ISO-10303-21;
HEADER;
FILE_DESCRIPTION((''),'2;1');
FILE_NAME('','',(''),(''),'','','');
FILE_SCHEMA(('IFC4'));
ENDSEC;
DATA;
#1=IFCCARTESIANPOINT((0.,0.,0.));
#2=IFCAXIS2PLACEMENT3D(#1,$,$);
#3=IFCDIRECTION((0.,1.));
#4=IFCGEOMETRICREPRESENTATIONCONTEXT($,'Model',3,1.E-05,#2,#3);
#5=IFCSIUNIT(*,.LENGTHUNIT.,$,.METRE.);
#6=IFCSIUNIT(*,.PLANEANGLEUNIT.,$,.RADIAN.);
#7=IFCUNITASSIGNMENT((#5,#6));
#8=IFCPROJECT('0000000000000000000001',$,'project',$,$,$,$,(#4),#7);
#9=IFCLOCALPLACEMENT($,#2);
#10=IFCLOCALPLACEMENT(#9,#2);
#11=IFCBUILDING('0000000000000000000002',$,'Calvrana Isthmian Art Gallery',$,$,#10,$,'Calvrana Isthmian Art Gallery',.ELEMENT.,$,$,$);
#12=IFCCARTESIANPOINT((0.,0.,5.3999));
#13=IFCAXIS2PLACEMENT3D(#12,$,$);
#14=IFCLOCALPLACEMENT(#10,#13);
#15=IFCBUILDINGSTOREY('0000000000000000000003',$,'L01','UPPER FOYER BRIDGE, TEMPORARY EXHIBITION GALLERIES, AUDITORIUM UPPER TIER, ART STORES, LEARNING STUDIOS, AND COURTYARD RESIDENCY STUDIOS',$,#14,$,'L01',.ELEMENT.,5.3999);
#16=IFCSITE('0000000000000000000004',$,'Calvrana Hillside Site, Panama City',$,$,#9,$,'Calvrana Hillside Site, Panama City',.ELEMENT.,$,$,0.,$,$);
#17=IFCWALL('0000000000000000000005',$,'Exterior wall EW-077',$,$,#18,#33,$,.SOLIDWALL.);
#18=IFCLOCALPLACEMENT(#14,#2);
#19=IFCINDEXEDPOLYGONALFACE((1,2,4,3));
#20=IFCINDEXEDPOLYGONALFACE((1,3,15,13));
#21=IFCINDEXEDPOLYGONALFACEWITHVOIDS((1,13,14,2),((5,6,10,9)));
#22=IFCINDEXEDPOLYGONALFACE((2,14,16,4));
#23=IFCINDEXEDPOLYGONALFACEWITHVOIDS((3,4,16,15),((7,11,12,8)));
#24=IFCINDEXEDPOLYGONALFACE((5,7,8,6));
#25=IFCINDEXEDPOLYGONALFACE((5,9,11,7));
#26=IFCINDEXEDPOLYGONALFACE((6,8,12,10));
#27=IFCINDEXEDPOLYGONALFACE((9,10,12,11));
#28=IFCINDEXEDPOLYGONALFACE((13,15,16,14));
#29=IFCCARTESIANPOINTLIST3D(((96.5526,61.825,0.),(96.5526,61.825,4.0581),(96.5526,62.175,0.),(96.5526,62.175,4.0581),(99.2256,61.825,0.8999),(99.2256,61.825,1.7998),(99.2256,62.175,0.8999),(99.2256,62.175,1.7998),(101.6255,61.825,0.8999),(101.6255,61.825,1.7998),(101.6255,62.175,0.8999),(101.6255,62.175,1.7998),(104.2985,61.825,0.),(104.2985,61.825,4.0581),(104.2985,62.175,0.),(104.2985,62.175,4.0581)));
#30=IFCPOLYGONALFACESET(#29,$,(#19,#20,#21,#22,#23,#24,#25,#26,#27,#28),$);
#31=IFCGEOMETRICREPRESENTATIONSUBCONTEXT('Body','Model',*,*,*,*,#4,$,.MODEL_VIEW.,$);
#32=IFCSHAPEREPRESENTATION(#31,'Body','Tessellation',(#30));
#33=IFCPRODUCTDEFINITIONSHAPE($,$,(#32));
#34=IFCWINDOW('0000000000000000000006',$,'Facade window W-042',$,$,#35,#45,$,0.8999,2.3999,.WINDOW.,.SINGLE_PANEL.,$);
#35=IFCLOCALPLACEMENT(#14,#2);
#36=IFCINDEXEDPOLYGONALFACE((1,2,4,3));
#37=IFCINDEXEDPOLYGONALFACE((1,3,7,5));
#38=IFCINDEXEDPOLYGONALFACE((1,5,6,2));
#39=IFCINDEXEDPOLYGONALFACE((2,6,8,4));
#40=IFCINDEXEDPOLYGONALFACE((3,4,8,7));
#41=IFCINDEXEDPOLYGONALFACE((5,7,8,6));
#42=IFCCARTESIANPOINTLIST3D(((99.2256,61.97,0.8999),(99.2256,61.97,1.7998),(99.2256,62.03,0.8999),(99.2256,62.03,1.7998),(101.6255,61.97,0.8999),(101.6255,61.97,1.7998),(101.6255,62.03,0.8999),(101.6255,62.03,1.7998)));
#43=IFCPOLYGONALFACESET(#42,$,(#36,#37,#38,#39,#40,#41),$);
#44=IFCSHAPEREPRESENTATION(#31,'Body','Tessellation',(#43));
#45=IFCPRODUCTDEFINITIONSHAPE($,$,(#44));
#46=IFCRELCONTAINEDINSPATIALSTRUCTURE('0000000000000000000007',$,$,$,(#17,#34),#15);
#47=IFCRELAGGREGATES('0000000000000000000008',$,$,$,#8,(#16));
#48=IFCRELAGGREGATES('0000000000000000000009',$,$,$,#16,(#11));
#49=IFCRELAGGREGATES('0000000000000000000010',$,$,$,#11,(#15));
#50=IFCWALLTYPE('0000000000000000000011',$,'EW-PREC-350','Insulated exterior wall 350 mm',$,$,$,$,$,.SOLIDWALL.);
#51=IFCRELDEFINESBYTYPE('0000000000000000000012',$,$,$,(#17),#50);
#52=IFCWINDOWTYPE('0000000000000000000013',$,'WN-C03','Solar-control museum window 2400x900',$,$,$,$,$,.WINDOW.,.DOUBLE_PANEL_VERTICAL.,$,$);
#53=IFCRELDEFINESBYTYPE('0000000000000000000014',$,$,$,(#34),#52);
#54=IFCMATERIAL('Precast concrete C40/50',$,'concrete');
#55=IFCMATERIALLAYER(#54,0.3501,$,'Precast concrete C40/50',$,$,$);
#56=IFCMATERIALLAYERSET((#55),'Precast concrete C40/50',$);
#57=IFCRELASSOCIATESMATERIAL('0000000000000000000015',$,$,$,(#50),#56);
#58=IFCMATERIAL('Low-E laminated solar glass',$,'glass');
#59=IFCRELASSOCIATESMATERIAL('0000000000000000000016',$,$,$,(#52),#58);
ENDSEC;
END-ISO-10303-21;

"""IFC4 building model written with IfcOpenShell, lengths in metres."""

from ifc_helpers import new_model, si_unit, direction, frame, frame_2d, origin, place, context, subcontext, project, spatial, rectangle, extrude, material, layer, layer_set, type_object, element, fill, save


model = new_model("IFC4")

# Units and contexts
model_context = context("Model", 3, precision=1e-05, world=origin(), true_north=direction((0.0, 1.0)))
body_context = subcontext(model_context, "Body", "Model", "MODEL_VIEW")
ifc_project = project(units=[si_unit("LENGTHUNIT", "METRE"), si_unit("PLANEANGLEUNIT", "RADIAN")], contexts=[model_context])

# Site, building, storey
site_placement = place(None, origin())
site = spatial("IfcSite", under=ifc_project, at=site_placement, Name="Calvrana Hillside Site, Panama City", LongName="Calvrana Hillside Site, Panama City", CompositionType="ELEMENT", RefElevation=0.0)
building_placement = place(site_placement, origin())
building = spatial("IfcBuilding", under=site, at=building_placement, Name="Calvrana Isthmian Art Gallery", LongName="Calvrana Isthmian Art Gallery", CompositionType="ELEMENT")
storey_placement = place(building_placement, frame((0.0, 0.0, 5.3999)))
storey = spatial("IfcBuildingStorey", under=building, at=storey_placement, Name="L01", Description="UPPER FOYER BRIDGE, TEMPORARY EXHIBITION GALLERIES, AUDITORIUM UPPER TIER, ART STORES, LEARNING STUDIOS, AND COURTYARD RESIDENCY STUDIOS", LongName="L01", CompositionType="ELEMENT", Elevation=5.3999)

# Shared definitions
ifc_material_1 = material(Name="Low-E laminated solar glass", Category="glass")

# Wall, opening, window
ifc_material_2 = material(Name="Precast concrete C40/50", Category="concrete")
ifc_layer_1 = layer(ifc_material_2, 0.3501, Name="Precast concrete C40/50")
ifc_layer_set_1 = layer_set([ifc_layer_1], Name="Precast concrete C40/50")
wall_type = type_object("IfcWallType", Name="EW-PREC-350", Description="Insulated exterior wall 350 mm", PredefinedType="SOLIDWALL", material=ifc_layer_set_1)
wall_placement = place(storey_placement, frame((96.5525, 62.0, 0.0), z_axis=(0.0, 0.0, 1.0), x_axis=(1.0, 0.0, 0.0)))
wall = element("IfcWall", 1, at=wall_placement, inside=storey, type_object=wall_type, Name="Exterior wall EW-077", PredefinedType="SOLIDWALL", context=body_context, shape_type="SweptSolid", body=[
    extrude(rectangle(XDim=7.7458, YDim=0.3501, at=frame_2d((3.873, 0.0))), origin(), (0.0, 0.0, 1.0), 4.0581),
])
opening_placement = place(wall_placement, frame((2.6731, 0.0, 0.8999)))
opening = element("IfcOpeningElement", 2, at=opening_placement, cuts=wall, PredefinedType="OPENING", context=body_context, shape_type="SweptSolid", body=[
    extrude(rectangle(XDim=2.3999, YDim=0.8999, at=frame_2d((1.2, 0.45))), frame((0.0, 0.1853, 0.0), z_axis=(0.0, -1.0, 0.0), x_axis=(1.0, 0.0, 0.0)), (0.0, 0.0, 1.0), 0.3706),
])
window_type = type_object("IfcWindowType", Name="WN-C03", Description="Solar-control museum window 2400x900", PartitioningType="DOUBLE_PANEL_VERTICAL", PredefinedType="WINDOW", material=ifc_material_1)
window_placement = place(opening_placement, origin())
window = element("IfcWindow", 3, at=window_placement, inside=storey, type_object=window_type, Name="Facade window W-042", OverallHeight=0.8999, OverallWidth=2.3999, PartitioningType="SINGLE_PANEL", PredefinedType="WINDOW", context=body_context, shape_type="SweptSolid", body=[
    extrude(rectangle(XDim=2.3999, YDim=0.8999, at=frame_2d((1.2, 0.45))), frame((0.0, 0.03, 0.0), z_axis=(0.0, -1.0, 0.0), x_axis=(1.0, 0.0, 0.0)), (0.0, 0.0, 1.0), 0.0601),
])
fill(opening, window)

save(model, "model.ifc")
